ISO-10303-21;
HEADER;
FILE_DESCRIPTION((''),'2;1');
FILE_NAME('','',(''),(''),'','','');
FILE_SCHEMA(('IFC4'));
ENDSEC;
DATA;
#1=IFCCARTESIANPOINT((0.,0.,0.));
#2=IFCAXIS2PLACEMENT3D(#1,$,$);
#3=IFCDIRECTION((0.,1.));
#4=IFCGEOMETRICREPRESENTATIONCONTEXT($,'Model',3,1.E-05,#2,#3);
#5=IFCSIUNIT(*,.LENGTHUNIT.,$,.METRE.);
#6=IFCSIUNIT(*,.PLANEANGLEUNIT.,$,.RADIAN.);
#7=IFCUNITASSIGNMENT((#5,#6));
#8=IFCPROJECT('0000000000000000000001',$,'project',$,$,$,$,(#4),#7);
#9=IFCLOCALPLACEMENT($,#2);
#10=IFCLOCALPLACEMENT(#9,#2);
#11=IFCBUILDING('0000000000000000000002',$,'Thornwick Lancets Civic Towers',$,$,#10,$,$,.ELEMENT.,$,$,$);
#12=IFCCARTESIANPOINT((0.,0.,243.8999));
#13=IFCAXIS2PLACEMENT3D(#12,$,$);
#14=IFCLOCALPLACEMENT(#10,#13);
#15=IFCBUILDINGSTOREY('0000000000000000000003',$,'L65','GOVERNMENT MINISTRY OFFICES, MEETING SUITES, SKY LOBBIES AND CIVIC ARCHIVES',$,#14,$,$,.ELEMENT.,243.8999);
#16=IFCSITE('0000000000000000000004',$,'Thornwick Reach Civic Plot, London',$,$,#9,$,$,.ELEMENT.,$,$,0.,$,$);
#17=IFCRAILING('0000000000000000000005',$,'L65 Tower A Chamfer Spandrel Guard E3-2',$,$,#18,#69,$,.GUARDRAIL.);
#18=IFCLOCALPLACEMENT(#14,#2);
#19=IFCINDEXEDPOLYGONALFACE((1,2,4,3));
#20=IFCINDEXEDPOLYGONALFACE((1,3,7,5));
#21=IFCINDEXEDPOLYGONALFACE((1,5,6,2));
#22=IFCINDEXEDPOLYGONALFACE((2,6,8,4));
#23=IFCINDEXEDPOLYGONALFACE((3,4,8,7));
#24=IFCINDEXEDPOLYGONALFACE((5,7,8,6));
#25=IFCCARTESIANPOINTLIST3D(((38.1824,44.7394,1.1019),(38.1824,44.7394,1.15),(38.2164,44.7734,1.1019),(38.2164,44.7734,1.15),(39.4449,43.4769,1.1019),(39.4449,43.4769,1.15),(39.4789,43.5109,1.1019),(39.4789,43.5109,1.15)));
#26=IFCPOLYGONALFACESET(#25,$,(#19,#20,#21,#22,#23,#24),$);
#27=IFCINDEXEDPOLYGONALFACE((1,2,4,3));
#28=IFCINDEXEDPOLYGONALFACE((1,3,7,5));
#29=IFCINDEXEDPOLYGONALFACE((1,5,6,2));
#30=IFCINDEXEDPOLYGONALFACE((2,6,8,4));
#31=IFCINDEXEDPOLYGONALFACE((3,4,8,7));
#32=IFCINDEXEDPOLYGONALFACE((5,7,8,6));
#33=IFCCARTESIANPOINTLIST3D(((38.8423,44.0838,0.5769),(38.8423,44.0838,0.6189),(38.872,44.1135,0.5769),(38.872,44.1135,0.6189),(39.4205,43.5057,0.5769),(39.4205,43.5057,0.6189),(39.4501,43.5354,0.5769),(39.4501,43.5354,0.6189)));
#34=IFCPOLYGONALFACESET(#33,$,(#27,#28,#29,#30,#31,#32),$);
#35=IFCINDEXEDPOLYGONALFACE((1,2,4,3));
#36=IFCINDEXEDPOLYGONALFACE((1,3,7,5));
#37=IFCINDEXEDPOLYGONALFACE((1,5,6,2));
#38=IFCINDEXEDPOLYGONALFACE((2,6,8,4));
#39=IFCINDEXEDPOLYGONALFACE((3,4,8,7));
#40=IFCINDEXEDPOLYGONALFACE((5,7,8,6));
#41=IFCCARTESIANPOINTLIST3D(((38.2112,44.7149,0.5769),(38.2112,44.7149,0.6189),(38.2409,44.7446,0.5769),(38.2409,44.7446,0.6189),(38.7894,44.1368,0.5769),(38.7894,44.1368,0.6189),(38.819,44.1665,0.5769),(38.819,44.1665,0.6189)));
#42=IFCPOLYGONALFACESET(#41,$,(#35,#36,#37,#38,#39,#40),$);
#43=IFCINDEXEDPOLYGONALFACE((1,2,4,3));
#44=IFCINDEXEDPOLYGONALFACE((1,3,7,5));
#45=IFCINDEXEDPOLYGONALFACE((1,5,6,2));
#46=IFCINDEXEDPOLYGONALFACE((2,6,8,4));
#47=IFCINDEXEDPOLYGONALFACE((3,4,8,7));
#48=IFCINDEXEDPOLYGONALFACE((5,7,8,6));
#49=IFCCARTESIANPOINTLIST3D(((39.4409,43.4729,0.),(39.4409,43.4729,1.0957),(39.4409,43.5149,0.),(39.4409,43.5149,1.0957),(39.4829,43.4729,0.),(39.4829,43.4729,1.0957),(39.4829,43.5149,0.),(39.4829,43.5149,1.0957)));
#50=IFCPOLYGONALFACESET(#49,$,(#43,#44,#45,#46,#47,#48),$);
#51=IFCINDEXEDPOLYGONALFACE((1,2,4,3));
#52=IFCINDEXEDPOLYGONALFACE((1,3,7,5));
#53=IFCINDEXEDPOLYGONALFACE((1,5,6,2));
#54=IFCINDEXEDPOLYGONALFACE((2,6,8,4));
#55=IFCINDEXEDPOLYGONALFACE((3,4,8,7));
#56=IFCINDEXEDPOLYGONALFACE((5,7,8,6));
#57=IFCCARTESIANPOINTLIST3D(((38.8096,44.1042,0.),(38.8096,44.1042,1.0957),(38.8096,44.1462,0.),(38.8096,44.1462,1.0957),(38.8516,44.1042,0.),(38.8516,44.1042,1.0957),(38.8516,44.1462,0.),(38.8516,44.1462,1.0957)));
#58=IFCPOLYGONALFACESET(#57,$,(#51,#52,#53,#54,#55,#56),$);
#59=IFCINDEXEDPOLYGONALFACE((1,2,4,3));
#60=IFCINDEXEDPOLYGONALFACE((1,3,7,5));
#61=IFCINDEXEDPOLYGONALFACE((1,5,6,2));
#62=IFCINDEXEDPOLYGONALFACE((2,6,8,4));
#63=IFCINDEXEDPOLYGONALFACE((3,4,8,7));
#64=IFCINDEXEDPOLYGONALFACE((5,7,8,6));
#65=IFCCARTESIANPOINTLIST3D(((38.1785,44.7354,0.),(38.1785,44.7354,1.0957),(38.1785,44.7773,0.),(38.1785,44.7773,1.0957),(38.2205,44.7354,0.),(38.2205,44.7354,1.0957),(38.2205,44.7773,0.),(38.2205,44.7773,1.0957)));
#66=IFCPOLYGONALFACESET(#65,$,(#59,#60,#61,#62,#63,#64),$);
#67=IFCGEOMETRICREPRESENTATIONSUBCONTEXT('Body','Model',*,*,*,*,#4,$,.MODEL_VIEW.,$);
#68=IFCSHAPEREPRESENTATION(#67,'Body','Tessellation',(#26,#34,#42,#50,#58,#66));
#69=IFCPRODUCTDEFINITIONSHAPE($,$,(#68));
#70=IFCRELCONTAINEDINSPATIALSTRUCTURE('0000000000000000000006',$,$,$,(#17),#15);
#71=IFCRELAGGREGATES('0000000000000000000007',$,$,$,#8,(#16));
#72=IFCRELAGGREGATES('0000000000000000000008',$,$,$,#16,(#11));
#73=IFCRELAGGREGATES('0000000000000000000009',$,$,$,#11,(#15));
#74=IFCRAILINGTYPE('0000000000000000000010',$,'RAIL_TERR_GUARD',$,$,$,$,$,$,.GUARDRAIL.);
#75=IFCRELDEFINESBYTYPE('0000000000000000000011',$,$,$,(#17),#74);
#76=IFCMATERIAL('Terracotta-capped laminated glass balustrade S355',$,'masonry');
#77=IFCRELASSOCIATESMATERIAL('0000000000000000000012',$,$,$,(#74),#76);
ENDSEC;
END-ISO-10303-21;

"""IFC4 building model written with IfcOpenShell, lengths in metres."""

from ifc_helpers import new_model, si_unit, direction, frame, origin, origin_2d, place, context, subcontext, project, spatial, rectangle, extrude, material, type_object, element, save


model = new_model("IFC4")

# Units and contexts
model_context = context("Model", 3, precision=1e-05, world=origin(), true_north=direction((0.0, 1.0)))
body_context = subcontext(model_context, "Body", "Model", "MODEL_VIEW")
ifc_project = project(units=[si_unit("LENGTHUNIT", "METRE"), si_unit("PLANEANGLEUNIT", "RADIAN")], contexts=[model_context])

# Site, building, storey
site_placement = place(None, origin())
site = spatial("IfcSite", under=ifc_project, at=site_placement, Name="Thornwick Reach Civic Plot, London", CompositionType="ELEMENT", RefElevation=0.0)
building_placement = place(site_placement, origin())
building = spatial("IfcBuilding", under=site, at=building_placement, Name="Thornwick Lancets Civic Towers", CompositionType="ELEMENT")
storey_placement = place(building_placement, frame((0.0, 0.0, 243.8999)))
storey = spatial("IfcBuildingStorey", under=building, at=storey_placement, Name="L65", Description="GOVERNMENT MINISTRY OFFICES, MEETING SUITES, SKY LOBBIES AND CIVIC ARCHIVES", CompositionType="ELEMENT", Elevation=243.8999)

# Railing
ifc_material_1 = material(Name="Terracotta-capped laminated glass balustrade S355", Category="masonry")
railing_type = type_object("IfcRailingType", Name="RAIL_TERR_GUARD", PredefinedType="GUARDRAIL", material=ifc_material_1)
railing_placement = place(storey_placement, frame((39.4619, 43.4939, 0.0)))
element("IfcRailing", 1, at=railing_placement, inside=storey, type_object=railing_type, Name="L65 Tower A Chamfer Spandrel Guard E3-2", PredefinedType="GUARDRAIL", context=body_context, shape_type="SweptSolid", body=[
    extrude(rectangle(XDim=0.0481, YDim=0.0481, at=origin_2d()), frame((0.0, 0.0, 1.126), z_axis=(-0.707107, 0.707107, 0.0), x_axis=(-0.707107, -0.707107, 0.0)), (0.0, 0.0, 1.0), 1.7854),
    extrude(rectangle(XDim=0.042, YDim=0.042, at=origin_2d()), frame((-0.0266, 0.0266, 0.5979), z_axis=(-0.707107, 0.707107, 0.0), x_axis=(-0.707107, -0.707107, 0.0)), (0.0, 0.0, 1.0), 0.8176),
    extrude(rectangle(XDim=0.042, YDim=0.042, at=origin_2d()), frame((-0.6577, 0.6577, 0.5979), z_axis=(-0.707107, 0.707107, 0.0), x_axis=(-0.707107, -0.707107, 0.0)), (0.0, 0.0, 1.0), 0.8176),
    extrude(rectangle(XDim=0.042, YDim=0.042, at=origin_2d()), origin(), (0.0, 0.0, 1.0), 1.0957),
    extrude(rectangle(XDim=0.042, YDim=0.042, at=origin_2d()), frame((-0.6313, 0.6313, 0.0)), (0.0, 0.0, 1.0), 1.0957),
    extrude(rectangle(XDim=0.042, YDim=0.042, at=origin_2d()), frame((-1.2625, 1.2625, 0.0)), (0.0, 0.0, 1.0), 1.0957),
])

save(model, "model.ifc")
